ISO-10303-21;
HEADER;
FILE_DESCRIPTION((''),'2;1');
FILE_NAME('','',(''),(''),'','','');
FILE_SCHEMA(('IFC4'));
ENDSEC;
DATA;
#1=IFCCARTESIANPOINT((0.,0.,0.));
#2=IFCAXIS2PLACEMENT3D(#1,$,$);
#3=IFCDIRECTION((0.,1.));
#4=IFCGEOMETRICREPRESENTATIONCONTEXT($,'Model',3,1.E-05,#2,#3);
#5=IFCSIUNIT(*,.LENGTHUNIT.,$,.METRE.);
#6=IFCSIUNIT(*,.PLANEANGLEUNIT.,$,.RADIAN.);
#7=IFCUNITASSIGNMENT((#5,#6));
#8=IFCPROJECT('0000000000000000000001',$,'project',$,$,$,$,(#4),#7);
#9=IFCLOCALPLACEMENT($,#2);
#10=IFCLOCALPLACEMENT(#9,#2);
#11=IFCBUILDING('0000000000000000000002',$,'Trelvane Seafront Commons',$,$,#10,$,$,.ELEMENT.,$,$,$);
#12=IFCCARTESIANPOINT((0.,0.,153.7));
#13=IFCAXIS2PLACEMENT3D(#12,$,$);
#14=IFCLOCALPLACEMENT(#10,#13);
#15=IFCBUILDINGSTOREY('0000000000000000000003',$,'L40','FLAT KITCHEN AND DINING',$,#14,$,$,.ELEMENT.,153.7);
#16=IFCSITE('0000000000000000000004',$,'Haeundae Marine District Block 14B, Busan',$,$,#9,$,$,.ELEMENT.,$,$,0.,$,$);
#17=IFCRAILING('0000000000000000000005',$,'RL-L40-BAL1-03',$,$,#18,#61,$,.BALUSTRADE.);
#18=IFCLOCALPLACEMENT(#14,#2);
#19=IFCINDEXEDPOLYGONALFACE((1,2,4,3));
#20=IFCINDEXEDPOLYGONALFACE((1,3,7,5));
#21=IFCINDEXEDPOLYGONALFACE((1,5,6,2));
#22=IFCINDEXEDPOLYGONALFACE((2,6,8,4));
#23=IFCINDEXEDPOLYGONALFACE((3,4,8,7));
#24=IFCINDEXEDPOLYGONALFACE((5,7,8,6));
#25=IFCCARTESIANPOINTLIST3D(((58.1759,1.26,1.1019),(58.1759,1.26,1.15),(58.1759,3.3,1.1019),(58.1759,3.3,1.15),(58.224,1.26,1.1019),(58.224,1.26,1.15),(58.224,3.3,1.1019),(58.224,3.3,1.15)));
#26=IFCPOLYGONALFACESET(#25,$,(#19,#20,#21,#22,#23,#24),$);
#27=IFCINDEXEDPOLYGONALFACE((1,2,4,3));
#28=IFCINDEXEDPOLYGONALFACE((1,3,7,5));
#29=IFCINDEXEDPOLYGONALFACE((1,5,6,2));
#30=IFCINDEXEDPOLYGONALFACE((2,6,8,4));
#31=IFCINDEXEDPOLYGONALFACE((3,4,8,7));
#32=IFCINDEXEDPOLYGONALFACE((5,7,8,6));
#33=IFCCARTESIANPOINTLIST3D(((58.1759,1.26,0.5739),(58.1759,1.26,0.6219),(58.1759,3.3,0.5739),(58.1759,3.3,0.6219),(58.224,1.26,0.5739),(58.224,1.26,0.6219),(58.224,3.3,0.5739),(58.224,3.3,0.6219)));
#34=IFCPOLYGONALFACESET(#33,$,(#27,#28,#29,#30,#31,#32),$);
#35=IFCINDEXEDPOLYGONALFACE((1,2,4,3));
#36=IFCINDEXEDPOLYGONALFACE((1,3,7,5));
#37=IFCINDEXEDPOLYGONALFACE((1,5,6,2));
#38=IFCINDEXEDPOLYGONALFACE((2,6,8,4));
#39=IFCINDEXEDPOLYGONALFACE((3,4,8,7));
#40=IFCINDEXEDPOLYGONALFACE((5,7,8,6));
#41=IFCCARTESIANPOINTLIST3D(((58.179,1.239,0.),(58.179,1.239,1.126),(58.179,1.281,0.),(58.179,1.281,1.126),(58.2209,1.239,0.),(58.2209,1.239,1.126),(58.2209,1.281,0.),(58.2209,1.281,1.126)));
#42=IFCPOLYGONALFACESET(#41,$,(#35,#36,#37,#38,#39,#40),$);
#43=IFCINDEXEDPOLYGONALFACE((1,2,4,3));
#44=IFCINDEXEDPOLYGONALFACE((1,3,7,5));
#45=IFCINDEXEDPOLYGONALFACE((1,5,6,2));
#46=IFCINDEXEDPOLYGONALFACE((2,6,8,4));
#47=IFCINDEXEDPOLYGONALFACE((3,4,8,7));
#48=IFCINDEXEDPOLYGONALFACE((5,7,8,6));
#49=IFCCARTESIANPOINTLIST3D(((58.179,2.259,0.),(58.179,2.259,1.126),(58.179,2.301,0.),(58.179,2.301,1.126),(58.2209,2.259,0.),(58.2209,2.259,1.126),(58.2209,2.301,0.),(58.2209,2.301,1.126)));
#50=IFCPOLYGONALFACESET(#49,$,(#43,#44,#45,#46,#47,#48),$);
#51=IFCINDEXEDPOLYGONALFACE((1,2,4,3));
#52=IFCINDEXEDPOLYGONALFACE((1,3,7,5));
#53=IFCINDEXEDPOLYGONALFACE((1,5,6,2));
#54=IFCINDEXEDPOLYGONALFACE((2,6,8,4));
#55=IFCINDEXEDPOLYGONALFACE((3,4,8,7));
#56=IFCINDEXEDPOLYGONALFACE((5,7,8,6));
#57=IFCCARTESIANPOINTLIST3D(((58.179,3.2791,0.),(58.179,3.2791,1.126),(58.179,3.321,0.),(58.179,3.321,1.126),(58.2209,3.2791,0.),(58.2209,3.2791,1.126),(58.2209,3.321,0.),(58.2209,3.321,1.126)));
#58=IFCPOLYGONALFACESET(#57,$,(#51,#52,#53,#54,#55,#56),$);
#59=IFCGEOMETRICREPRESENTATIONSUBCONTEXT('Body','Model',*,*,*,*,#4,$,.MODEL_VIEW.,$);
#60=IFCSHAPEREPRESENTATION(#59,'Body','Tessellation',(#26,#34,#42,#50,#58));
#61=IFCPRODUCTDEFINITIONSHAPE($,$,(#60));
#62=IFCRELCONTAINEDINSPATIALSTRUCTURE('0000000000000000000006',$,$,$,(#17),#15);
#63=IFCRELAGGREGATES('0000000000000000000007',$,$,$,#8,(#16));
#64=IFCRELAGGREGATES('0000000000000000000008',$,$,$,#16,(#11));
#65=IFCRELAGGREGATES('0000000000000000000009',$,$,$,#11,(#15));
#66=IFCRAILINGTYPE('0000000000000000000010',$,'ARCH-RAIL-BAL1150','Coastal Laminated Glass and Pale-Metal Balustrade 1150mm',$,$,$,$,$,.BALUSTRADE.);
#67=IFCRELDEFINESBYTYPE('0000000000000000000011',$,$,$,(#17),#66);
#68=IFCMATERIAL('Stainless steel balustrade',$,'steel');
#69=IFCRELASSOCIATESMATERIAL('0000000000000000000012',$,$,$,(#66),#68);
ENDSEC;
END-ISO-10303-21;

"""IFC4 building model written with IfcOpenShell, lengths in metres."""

from ifc_helpers import new_model, si_unit, direction, frame, origin, origin_2d, place, context, subcontext, project, spatial, rectangle, extrude, material, type_object, element, save


model = new_model("IFC4")

# Units and contexts
model_context = context("Model", 3, precision=1e-05, world=origin(), true_north=direction((0.0, 1.0)))
body_context = subcontext(model_context, "Body", "Model", "MODEL_VIEW")
ifc_project = project(units=[si_unit("LENGTHUNIT", "METRE"), si_unit("PLANEANGLEUNIT", "RADIAN")], contexts=[model_context])

# Site, building, storey
site_placement = place(None, origin())
site = spatial("IfcSite", under=ifc_project, at=site_placement, Name="Haeundae Marine District Block 14B, Busan", CompositionType="ELEMENT", RefElevation=0.0)
building_placement = place(site_placement, origin())
building = spatial("IfcBuilding", under=site, at=building_placement, Name="Trelvane Seafront Commons", CompositionType="ELEMENT")
storey_placement = place(building_placement, frame((0.0, 0.0, 153.7)))
storey = spatial("IfcBuildingStorey", under=building, at=storey_placement, Name="L40", Description="FLAT KITCHEN AND DINING", CompositionType="ELEMENT", Elevation=153.7)

# Railing
ifc_material_1 = material(Name="Stainless steel balustrade", Category="steel")
railing_type = type_object("IfcRailingType", Name="ARCH-RAIL-BAL1150", Description="Coastal Laminated Glass and Pale-Metal Balustrade 1150mm", PredefinedType="BALUSTRADE", material=ifc_material_1)
railing_1_placement = place(storey_placement, frame((58.2, 1.26, 0.0)))
element("IfcRailing", 1, at=railing_1_placement, inside=storey, type_object=railing_type, Name="RL-L40-BAL1-03", PredefinedType="BALUSTRADE", context=body_context, shape_type="SweptSolid", body=[
    extrude(rectangle(XDim=0.0481, YDim=0.0481, at=origin_2d()), frame((0.0, 0.0, 1.126), z_axis=(0.0, 1.0, 0.0), x_axis=(-1.0, 0.0, 0.0)), (0.0, 0.0, 1.0), 2.04),
    extrude(rectangle(XDim=0.0481, YDim=0.0481, at=origin_2d()), frame((0.0, 0.0, 0.5979), z_axis=(0.0, 1.0, 0.0), x_axis=(-1.0, 0.0, 0.0)), (0.0, 0.0, 1.0), 2.04),
    extrude(rectangle(XDim=0.042, YDim=0.042, at=origin_2d()), origin(), (0.0, 0.0, 1.0), 1.126),
    extrude(rectangle(XDim=0.042, YDim=0.042, at=origin_2d()), frame((0.0, 1.02, 0.0)), (0.0, 0.0, 1.0), 1.126),
    extrude(rectangle(XDim=0.042, YDim=0.042, at=origin_2d()), frame((0.0, 2.04, 0.0)), (0.0, 0.0, 1.0), 1.126),
])

save(model, "model.ifc")
